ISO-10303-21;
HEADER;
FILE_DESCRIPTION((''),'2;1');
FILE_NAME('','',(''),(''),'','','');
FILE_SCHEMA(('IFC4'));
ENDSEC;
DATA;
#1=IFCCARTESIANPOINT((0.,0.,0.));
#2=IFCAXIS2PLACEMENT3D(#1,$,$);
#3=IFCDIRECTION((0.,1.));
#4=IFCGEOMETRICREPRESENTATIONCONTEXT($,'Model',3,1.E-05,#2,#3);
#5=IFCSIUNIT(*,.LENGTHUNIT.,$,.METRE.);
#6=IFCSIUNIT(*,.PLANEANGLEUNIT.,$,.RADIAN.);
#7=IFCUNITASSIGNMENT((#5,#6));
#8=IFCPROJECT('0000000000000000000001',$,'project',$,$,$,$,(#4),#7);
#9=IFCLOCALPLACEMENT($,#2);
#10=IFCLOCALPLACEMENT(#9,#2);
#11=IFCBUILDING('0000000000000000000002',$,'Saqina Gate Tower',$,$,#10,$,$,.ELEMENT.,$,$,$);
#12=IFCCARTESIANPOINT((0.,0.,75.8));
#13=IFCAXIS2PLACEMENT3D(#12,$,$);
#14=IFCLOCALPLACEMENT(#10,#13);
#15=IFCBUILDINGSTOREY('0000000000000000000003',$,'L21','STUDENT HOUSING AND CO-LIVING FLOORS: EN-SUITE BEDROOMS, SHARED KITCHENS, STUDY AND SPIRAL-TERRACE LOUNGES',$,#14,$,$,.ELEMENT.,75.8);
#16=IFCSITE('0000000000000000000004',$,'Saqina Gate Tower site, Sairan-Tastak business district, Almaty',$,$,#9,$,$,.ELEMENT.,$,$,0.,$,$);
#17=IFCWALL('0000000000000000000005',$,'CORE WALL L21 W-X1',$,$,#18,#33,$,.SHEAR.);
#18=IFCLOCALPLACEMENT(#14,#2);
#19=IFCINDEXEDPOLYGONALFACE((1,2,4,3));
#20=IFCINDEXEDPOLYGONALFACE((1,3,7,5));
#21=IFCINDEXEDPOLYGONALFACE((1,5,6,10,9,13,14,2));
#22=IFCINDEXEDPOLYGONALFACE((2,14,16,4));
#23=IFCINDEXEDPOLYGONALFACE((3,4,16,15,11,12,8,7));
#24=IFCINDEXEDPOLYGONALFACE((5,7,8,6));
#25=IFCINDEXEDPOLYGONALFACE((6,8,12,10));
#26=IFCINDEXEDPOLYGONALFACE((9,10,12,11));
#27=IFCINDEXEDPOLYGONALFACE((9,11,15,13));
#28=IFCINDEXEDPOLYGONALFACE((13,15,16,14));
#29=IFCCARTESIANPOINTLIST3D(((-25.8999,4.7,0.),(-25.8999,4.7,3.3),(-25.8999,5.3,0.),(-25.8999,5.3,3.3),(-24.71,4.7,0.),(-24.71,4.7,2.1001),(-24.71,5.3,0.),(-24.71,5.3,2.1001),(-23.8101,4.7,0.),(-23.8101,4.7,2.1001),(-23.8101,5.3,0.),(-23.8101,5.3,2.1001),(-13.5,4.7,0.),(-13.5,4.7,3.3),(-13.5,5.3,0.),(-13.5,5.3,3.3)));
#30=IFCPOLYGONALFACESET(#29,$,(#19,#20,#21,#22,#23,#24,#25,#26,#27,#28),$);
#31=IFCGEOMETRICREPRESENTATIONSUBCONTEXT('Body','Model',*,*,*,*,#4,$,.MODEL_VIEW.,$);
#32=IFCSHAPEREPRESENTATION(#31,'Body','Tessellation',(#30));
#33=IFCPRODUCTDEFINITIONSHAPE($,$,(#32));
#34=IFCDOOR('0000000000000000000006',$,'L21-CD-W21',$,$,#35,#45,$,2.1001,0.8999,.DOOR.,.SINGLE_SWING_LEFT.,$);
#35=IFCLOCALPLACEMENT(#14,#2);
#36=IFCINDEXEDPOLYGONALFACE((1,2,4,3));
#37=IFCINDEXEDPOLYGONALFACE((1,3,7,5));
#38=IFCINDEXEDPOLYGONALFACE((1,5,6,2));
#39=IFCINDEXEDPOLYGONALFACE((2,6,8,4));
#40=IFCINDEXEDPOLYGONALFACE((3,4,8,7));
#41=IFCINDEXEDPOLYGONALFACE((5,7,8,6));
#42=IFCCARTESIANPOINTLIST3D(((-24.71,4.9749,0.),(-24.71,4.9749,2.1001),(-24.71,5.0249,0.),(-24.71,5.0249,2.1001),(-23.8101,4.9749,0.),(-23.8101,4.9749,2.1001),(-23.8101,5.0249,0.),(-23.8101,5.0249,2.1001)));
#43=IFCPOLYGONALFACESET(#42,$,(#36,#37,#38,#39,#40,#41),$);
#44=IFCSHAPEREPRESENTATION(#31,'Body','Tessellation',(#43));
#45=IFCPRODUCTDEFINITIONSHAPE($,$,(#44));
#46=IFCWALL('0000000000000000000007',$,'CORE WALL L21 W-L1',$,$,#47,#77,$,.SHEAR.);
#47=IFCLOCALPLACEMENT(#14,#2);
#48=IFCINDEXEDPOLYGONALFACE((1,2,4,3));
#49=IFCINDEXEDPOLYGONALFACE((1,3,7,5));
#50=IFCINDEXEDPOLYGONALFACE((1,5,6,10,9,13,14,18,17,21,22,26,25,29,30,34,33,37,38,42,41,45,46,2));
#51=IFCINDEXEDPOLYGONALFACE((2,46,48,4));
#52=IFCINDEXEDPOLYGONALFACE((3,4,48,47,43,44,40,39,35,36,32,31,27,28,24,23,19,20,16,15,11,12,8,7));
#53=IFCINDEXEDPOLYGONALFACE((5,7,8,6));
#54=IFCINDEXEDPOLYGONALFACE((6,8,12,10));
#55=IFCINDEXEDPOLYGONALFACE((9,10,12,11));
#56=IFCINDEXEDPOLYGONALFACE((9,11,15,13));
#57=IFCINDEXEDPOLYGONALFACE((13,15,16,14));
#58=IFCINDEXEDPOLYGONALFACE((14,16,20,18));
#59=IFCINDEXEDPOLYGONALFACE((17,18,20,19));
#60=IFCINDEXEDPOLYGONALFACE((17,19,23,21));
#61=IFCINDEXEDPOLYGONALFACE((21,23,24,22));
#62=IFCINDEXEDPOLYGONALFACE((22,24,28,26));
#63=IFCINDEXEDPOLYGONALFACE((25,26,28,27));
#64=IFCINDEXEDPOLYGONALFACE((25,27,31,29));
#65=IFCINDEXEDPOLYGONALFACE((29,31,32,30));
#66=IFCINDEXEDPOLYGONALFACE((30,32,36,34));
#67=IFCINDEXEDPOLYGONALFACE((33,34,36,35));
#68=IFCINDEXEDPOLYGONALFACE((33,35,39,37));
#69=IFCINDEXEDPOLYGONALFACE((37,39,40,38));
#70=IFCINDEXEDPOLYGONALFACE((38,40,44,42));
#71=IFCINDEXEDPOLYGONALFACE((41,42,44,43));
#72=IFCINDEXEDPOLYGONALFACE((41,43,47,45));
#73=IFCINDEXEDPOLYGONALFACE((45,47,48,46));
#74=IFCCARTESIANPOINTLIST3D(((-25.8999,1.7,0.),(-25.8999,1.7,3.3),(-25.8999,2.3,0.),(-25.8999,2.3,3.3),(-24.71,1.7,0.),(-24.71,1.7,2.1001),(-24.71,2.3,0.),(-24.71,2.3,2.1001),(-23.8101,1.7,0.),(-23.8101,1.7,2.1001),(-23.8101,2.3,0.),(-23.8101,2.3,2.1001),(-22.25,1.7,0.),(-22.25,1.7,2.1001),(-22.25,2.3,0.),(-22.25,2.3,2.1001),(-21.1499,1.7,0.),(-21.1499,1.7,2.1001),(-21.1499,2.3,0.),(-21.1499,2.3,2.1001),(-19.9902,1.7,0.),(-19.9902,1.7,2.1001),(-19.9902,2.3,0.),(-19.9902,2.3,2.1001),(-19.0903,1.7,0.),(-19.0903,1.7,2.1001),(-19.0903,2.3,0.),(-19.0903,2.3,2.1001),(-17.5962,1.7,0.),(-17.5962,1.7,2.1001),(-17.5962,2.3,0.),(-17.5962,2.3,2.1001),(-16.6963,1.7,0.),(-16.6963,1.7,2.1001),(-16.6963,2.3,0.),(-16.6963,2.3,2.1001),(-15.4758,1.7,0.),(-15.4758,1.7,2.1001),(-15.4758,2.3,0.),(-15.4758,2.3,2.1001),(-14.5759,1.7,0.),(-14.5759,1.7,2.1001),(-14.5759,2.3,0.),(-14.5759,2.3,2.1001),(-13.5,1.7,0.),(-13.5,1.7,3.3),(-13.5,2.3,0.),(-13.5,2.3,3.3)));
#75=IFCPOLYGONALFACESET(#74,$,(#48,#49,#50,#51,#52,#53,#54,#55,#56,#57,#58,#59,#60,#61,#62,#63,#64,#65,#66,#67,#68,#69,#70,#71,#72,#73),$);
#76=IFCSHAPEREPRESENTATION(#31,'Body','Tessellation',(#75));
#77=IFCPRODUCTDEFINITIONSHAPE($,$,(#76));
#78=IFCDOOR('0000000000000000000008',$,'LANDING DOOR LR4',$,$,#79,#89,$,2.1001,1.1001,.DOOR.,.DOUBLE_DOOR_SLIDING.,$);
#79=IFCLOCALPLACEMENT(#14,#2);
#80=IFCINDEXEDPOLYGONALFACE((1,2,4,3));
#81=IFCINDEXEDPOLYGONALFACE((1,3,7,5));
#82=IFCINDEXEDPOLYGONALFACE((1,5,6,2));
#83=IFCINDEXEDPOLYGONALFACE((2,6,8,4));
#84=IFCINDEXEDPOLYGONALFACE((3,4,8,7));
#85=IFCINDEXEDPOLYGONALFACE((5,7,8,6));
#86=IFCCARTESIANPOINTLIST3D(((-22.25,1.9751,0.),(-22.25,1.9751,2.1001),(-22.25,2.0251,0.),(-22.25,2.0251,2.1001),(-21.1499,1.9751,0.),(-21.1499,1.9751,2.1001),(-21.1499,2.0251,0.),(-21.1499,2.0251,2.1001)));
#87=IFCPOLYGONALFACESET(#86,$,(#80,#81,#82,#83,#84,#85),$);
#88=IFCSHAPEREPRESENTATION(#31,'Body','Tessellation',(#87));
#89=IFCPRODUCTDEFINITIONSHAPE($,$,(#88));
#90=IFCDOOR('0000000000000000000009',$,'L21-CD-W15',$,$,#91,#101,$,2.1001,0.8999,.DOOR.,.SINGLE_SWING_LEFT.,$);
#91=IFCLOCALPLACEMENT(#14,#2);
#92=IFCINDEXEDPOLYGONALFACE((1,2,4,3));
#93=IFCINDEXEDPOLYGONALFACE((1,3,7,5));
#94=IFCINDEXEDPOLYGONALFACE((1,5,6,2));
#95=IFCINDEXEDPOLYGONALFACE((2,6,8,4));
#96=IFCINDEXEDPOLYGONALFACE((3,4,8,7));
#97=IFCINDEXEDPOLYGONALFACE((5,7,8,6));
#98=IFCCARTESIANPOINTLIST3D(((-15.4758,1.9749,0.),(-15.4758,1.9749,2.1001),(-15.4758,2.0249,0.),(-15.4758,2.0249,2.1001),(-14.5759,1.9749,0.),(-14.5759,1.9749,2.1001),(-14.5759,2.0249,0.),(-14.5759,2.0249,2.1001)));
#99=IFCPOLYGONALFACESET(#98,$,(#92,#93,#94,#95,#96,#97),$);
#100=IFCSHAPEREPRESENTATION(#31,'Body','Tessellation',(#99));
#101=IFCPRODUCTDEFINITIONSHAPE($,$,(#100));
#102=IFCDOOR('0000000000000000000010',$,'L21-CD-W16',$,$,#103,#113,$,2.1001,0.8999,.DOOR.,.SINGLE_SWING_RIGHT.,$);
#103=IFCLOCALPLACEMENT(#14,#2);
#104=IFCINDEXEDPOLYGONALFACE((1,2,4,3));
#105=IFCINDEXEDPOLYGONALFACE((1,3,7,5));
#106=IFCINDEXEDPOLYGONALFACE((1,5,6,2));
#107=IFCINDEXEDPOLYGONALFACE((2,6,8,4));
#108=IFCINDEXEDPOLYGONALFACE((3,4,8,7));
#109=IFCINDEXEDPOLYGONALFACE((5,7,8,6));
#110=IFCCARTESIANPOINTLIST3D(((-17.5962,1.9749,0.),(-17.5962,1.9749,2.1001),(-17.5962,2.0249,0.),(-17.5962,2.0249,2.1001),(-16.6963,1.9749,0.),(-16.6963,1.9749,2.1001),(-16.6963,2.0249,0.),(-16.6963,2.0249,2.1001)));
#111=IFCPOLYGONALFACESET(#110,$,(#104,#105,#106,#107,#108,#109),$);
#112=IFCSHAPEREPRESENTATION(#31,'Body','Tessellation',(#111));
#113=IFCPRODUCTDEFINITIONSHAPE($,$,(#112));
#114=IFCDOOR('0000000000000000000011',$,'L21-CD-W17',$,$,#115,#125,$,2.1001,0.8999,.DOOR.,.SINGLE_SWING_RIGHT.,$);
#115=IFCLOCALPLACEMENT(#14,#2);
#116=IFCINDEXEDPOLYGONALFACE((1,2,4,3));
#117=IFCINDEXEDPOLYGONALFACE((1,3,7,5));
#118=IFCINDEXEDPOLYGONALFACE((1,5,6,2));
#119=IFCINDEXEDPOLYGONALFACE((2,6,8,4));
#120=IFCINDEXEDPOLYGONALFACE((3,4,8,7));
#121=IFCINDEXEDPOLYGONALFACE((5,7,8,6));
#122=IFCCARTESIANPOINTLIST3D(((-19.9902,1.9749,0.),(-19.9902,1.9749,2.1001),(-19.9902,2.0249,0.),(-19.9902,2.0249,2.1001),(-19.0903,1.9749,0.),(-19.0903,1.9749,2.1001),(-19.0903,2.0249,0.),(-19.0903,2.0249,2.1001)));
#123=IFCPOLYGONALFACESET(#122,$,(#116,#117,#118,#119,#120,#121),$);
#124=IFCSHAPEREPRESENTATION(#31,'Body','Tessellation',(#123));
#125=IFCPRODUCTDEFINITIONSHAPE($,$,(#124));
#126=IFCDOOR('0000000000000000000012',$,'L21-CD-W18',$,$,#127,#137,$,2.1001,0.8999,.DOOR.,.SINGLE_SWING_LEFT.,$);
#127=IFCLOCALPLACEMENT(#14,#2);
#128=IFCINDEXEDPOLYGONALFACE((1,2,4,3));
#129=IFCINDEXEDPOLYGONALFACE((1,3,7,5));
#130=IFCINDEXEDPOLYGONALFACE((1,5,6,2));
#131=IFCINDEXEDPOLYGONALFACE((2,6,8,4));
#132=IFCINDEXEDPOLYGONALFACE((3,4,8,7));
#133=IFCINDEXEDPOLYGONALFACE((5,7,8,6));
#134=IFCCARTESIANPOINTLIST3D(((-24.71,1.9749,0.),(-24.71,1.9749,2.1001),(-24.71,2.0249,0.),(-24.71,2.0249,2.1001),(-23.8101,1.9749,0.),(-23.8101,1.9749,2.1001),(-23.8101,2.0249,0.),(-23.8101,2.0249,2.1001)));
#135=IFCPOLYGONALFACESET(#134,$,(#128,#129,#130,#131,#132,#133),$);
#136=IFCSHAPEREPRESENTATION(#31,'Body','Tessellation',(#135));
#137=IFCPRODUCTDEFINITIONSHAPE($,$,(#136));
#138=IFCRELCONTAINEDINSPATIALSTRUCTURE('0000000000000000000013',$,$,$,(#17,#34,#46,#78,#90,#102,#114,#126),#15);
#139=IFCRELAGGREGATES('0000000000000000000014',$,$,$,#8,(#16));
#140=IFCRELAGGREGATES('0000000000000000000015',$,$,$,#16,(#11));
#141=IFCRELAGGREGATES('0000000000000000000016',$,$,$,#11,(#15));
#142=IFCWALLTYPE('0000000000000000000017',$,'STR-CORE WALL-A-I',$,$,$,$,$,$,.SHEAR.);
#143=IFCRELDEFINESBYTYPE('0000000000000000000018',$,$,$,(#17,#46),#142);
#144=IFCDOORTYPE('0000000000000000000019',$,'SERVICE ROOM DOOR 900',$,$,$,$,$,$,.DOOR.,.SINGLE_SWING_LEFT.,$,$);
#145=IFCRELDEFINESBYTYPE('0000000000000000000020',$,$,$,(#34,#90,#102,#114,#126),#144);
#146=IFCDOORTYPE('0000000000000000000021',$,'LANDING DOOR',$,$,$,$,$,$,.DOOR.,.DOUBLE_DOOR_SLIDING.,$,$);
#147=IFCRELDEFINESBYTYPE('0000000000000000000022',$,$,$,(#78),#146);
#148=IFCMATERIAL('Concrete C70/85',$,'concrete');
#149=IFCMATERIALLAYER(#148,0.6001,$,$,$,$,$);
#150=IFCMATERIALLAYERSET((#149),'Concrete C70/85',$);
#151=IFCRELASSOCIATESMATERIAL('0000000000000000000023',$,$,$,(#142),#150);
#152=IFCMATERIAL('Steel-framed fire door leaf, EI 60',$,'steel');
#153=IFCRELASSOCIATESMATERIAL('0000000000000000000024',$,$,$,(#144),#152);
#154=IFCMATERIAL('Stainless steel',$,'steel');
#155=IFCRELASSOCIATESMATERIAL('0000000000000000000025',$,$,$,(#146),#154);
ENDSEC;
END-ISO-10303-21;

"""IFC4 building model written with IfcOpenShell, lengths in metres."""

from ifc_helpers import new_model, si_unit, direction, frame, frame_2d, origin, place, context, subcontext, project, spatial, rectangle, extrude, material, layer, layer_set, type_object, element, fill, save


model = new_model("IFC4")

# Units and contexts
model_context = context("Model", 3, precision=1e-05, world=origin(), true_north=direction((0.0, 1.0)))
body_context = subcontext(model_context, "Body", "Model", "MODEL_VIEW")
ifc_project = project(units=[si_unit("LENGTHUNIT", "METRE"), si_unit("PLANEANGLEUNIT", "RADIAN")], contexts=[model_context])

# Site, building, storey
site_placement = place(None, origin())
site = spatial("IfcSite", under=ifc_project, at=site_placement, Name="Saqina Gate Tower site, Sairan-Tastak business district, Almaty", CompositionType="ELEMENT", RefElevation=0.0)
building_placement = place(site_placement, origin())
building = spatial("IfcBuilding", under=site, at=building_placement, Name="Saqina Gate Tower", CompositionType="ELEMENT")
storey_placement = place(building_placement, frame((0.0, 0.0, 75.8)))
storey = spatial("IfcBuildingStorey", under=building, at=storey_placement, Name="L21", Description="STUDENT HOUSING AND CO-LIVING FLOORS: EN-SUITE BEDROOMS, SHARED KITCHENS, STUDY AND SPIRAL-TERRACE LOUNGES", CompositionType="ELEMENT", Elevation=75.8)

# Wall, opening, door
ifc_material_1 = material(Name="Concrete C70/85", Category="concrete")
ifc_layer_1 = layer(ifc_material_1, 0.6001)
ifc_layer_set_1 = layer_set([ifc_layer_1], Name="Concrete C70/85")
wall_type_1 = type_object("IfcWallType", Name="STR-CORE WALL-A-I", PredefinedType="SHEAR", material=ifc_layer_set_1)
wall_1_placement = place(storey_placement, frame((-13.5, 5.0, 0.0), z_axis=(0.0, 0.0, 1.0), x_axis=(-1.0, 0.0, 0.0)))
wall_1 = element("IfcWall", 1, at=wall_1_placement, inside=storey, type_object=wall_type_1, Name="CORE WALL L21 W-X1", PredefinedType="SHEAR", context=body_context, shape_type="SweptSolid", body=[
    extrude(rectangle(XDim=12.3999, YDim=0.6001, at=frame_2d((6.2, 0.0))), origin(), (0.0, 0.0, 1.0), 3.3),
])
opening_1_placement = place(wall_1_placement, frame((10.3101, 0.0, 0.0)))
opening_1 = element("IfcOpeningElement", 2, at=opening_1_placement, cuts=wall_1, PredefinedType="OPENING", context=body_context, shape_type="SweptSolid", body=[
    extrude(rectangle(XDim=0.8999, YDim=2.1001, at=frame_2d((0.45, 1.05))), frame((0.0, 0.312, 0.0), z_axis=(0.0, -1.0, 0.0), x_axis=(1.0, 0.0, 0.0)), (0.0, 0.0, 1.0), 0.624),
])
ifc_material_2 = material(Name="Steel-framed fire door leaf, EI 60", Category="steel")
door_type_1 = type_object("IfcDoorType", Name="SERVICE ROOM DOOR 900", OperationType="SINGLE_SWING_LEFT", PredefinedType="DOOR", material=ifc_material_2)
door_1_placement = place(opening_1_placement, frame((0.8999, 0.0, 0.0), z_axis=(0.0, 0.0, 1.0), x_axis=(-1.0, 0.0, 0.0)))
door_1 = element("IfcDoor", 3, at=door_1_placement, inside=storey, type_object=door_type_1, Name="L21-CD-W21", OperationType="SINGLE_SWING_LEFT", OverallHeight=2.1001, OverallWidth=0.8999, PredefinedType="DOOR", context=body_context, shape_type="SweptSolid", body=[
    extrude(rectangle(XDim=0.8999, YDim=2.1001, at=frame_2d((0.45, 1.05))), frame((0.0, 0.0249, 0.0), z_axis=(0.0, -1.0, 0.0), x_axis=(1.0, 0.0, 0.0)), (0.0, 0.0, 1.0), 0.05),
])
fill(opening_1, door_1)

# Wall, openings, doors
wall_2_placement = place(storey_placement, frame((-13.5, 2.0, 0.0), z_axis=(0.0, 0.0, 1.0), x_axis=(-1.0, 0.0, 0.0)))
wall_2 = element("IfcWall", 4, at=wall_2_placement, inside=storey, type_object=wall_type_1, Name="CORE WALL L21 W-L1", PredefinedType="SHEAR", context=body_context, shape_type="SweptSolid", body=[
    extrude(rectangle(XDim=12.3999, YDim=0.6001, at=frame_2d((6.2, 0.0))), origin(), (0.0, 0.0, 1.0), 3.3),
])
opening_2_placement = place(wall_2_placement, frame((7.6499, 0.0, 0.0)))
opening_2 = element("IfcOpeningElement", 5, at=opening_2_placement, cuts=wall_2, PredefinedType="OPENING", context=body_context, shape_type="SweptSolid", body=[
    extrude(rectangle(XDim=1.1001, YDim=2.1001, at=frame_2d((0.55, 1.05))), frame((0.0, 0.312, 0.0), z_axis=(0.0, -1.0, 0.0), x_axis=(1.0, 0.0, 0.0)), (0.0, 0.0, 1.0), 0.624),
])
opening_3_placement = place(wall_2_placement, frame((1.0759, 0.0, 0.0)))
opening_3 = element("IfcOpeningElement", 6, at=opening_3_placement, cuts=wall_2, PredefinedType="OPENING", context=body_context, shape_type="SweptSolid", body=[
    extrude(rectangle(XDim=0.8999, YDim=2.1001, at=frame_2d((0.45, 1.05))), frame((0.0, 0.312, 0.0), z_axis=(0.0, -1.0, 0.0), x_axis=(1.0, 0.0, 0.0)), (0.0, 0.0, 1.0), 0.624),
])
opening_4_placement = place(wall_2_placement, frame((3.1963, 0.0, 0.0)))
opening_4 = element("IfcOpeningElement", 7, at=opening_4_placement, cuts=wall_2, PredefinedType="OPENING", context=body_context, shape_type="SweptSolid", body=[
    extrude(rectangle(XDim=0.8999, YDim=2.1001, at=frame_2d((0.45, 1.05))), frame((0.0, 0.312, 0.0), z_axis=(0.0, -1.0, 0.0), x_axis=(1.0, 0.0, 0.0)), (0.0, 0.0, 1.0), 0.624),
])
opening_5_placement = place(wall_2_placement, frame((5.5903, 0.0, 0.0)))
opening_5 = element("IfcOpeningElement", 8, at=opening_5_placement, cuts=wall_2, PredefinedType="OPENING", context=body_context, shape_type="SweptSolid", body=[
    extrude(rectangle(XDim=0.8999, YDim=2.1001, at=frame_2d((0.45, 1.05))), frame((0.0, 0.312, 0.0), z_axis=(0.0, -1.0, 0.0), x_axis=(1.0, 0.0, 0.0)), (0.0, 0.0, 1.0), 0.624),
])
opening_6_placement = place(wall_2_placement, frame((10.3101, 0.0, 0.0)))
opening_6 = element("IfcOpeningElement", 9, at=opening_6_placement, cuts=wall_2, PredefinedType="OPENING", context=body_context, shape_type="SweptSolid", body=[
    extrude(rectangle(XDim=0.8999, YDim=2.1001, at=frame_2d((0.45, 1.05))), frame((0.0, 0.312, 0.0), z_axis=(0.0, -1.0, 0.0), x_axis=(1.0, 0.0, 0.0)), (0.0, 0.0, 1.0), 0.624),
])
ifc_material_3 = material(Name="Stainless steel", Category="steel")
door_type_2 = type_object("IfcDoorType", Name="LANDING DOOR", OperationType="DOUBLE_DOOR_SLIDING", PredefinedType="DOOR", material=ifc_material_3)
door_2_placement = place(opening_2_placement, origin())
door_2 = element("IfcDoor", 10, at=door_2_placement, inside=storey, type_object=door_type_2, Name="LANDING DOOR LR4", OperationType="DOUBLE_DOOR_SLIDING", OverallHeight=2.1001, OverallWidth=1.1001, PredefinedType="DOOR", context=body_context, shape_type="SweptSolid", body=[
    extrude(rectangle(XDim=1.1001, YDim=2.1001, at=frame_2d((0.55, 1.05))), frame((0.0, 0.0249, 0.0), z_axis=(0.0, -1.0, 0.0), x_axis=(1.0, 0.0, 0.0)), (0.0, 0.0, 1.0), 0.05),
])
fill(opening_2, door_2)
door_3_placement = place(opening_3_placement, frame((0.8999, 0.0, 0.0), z_axis=(0.0, 0.0, 1.0), x_axis=(-1.0, 0.0, 0.0)))
door_3 = element("IfcDoor", 11, at=door_3_placement, inside=storey, type_object=door_type_1, Name="L21-CD-W15", OperationType="SINGLE_SWING_LEFT", OverallHeight=2.1001, OverallWidth=0.8999, PredefinedType="DOOR", context=body_context, shape_type="SweptSolid", body=[
    extrude(rectangle(XDim=0.8999, YDim=2.1001, at=frame_2d((0.45, 1.05))), frame((0.0, 0.0249, 0.0), z_axis=(0.0, -1.0, 0.0), x_axis=(1.0, 0.0, 0.0)), (0.0, 0.0, 1.0), 0.05),
])
fill(opening_3, door_3)
door_4_placement = place(opening_4_placement, frame((0.8999, 0.0, 0.0), z_axis=(0.0, 0.0, 1.0), x_axis=(-1.0, 0.0, 0.0)))
door_4 = element("IfcDoor", 12, at=door_4_placement, inside=storey, type_object=door_type_1, Name="L21-CD-W16", OperationType="SINGLE_SWING_RIGHT", OverallHeight=2.1001, OverallWidth=0.8999, PredefinedType="DOOR", context=body_context, shape_type="SweptSolid", body=[
    extrude(rectangle(XDim=0.8999, YDim=2.1001, at=frame_2d((0.45, 1.05))), frame((0.0, 0.0249, 0.0), z_axis=(0.0, -1.0, 0.0), x_axis=(1.0, 0.0, 0.0)), (0.0, 0.0, 1.0), 0.05),
])
fill(opening_4, door_4)
door_5_placement = place(opening_5_placement, frame((0.8999, 0.0, 0.0), z_axis=(0.0, 0.0, 1.0), x_axis=(-1.0, 0.0, 0.0)))
door_5 = element("IfcDoor", 13, at=door_5_placement, inside=storey, type_object=door_type_1, Name="L21-CD-W17", OperationType="SINGLE_SWING_RIGHT", OverallHeight=2.1001, OverallWidth=0.8999, PredefinedType="DOOR", context=body_context, shape_type="SweptSolid", body=[
    extrude(rectangle(XDim=0.8999, YDim=2.1001, at=frame_2d((0.45, 1.05))), frame((0.0, 0.0249, 0.0), z_axis=(0.0, -1.0, 0.0), x_axis=(1.0, 0.0, 0.0)), (0.0, 0.0, 1.0), 0.05),
])
fill(opening_5, door_5)
door_6_placement = place(opening_6_placement, frame((0.8999, 0.0, 0.0), z_axis=(0.0, 0.0, 1.0), x_axis=(-1.0, 0.0, 0.0)))
door_6 = element("IfcDoor", 14, at=door_6_placement, inside=storey, type_object=door_type_1, Name="L21-CD-W18", OperationType="SINGLE_SWING_LEFT", OverallHeight=2.1001, OverallWidth=0.8999, PredefinedType="DOOR", context=body_context, shape_type="SweptSolid", body=[
    extrude(rectangle(XDim=0.8999, YDim=2.1001, at=frame_2d((0.45, 1.05))), frame((0.0, 0.0249, 0.0), z_axis=(0.0, -1.0, 0.0), x_axis=(1.0, 0.0, 0.0)), (0.0, 0.0, 1.0), 0.05),
])
fill(opening_6, door_6)

save(model, "model.ifc")
